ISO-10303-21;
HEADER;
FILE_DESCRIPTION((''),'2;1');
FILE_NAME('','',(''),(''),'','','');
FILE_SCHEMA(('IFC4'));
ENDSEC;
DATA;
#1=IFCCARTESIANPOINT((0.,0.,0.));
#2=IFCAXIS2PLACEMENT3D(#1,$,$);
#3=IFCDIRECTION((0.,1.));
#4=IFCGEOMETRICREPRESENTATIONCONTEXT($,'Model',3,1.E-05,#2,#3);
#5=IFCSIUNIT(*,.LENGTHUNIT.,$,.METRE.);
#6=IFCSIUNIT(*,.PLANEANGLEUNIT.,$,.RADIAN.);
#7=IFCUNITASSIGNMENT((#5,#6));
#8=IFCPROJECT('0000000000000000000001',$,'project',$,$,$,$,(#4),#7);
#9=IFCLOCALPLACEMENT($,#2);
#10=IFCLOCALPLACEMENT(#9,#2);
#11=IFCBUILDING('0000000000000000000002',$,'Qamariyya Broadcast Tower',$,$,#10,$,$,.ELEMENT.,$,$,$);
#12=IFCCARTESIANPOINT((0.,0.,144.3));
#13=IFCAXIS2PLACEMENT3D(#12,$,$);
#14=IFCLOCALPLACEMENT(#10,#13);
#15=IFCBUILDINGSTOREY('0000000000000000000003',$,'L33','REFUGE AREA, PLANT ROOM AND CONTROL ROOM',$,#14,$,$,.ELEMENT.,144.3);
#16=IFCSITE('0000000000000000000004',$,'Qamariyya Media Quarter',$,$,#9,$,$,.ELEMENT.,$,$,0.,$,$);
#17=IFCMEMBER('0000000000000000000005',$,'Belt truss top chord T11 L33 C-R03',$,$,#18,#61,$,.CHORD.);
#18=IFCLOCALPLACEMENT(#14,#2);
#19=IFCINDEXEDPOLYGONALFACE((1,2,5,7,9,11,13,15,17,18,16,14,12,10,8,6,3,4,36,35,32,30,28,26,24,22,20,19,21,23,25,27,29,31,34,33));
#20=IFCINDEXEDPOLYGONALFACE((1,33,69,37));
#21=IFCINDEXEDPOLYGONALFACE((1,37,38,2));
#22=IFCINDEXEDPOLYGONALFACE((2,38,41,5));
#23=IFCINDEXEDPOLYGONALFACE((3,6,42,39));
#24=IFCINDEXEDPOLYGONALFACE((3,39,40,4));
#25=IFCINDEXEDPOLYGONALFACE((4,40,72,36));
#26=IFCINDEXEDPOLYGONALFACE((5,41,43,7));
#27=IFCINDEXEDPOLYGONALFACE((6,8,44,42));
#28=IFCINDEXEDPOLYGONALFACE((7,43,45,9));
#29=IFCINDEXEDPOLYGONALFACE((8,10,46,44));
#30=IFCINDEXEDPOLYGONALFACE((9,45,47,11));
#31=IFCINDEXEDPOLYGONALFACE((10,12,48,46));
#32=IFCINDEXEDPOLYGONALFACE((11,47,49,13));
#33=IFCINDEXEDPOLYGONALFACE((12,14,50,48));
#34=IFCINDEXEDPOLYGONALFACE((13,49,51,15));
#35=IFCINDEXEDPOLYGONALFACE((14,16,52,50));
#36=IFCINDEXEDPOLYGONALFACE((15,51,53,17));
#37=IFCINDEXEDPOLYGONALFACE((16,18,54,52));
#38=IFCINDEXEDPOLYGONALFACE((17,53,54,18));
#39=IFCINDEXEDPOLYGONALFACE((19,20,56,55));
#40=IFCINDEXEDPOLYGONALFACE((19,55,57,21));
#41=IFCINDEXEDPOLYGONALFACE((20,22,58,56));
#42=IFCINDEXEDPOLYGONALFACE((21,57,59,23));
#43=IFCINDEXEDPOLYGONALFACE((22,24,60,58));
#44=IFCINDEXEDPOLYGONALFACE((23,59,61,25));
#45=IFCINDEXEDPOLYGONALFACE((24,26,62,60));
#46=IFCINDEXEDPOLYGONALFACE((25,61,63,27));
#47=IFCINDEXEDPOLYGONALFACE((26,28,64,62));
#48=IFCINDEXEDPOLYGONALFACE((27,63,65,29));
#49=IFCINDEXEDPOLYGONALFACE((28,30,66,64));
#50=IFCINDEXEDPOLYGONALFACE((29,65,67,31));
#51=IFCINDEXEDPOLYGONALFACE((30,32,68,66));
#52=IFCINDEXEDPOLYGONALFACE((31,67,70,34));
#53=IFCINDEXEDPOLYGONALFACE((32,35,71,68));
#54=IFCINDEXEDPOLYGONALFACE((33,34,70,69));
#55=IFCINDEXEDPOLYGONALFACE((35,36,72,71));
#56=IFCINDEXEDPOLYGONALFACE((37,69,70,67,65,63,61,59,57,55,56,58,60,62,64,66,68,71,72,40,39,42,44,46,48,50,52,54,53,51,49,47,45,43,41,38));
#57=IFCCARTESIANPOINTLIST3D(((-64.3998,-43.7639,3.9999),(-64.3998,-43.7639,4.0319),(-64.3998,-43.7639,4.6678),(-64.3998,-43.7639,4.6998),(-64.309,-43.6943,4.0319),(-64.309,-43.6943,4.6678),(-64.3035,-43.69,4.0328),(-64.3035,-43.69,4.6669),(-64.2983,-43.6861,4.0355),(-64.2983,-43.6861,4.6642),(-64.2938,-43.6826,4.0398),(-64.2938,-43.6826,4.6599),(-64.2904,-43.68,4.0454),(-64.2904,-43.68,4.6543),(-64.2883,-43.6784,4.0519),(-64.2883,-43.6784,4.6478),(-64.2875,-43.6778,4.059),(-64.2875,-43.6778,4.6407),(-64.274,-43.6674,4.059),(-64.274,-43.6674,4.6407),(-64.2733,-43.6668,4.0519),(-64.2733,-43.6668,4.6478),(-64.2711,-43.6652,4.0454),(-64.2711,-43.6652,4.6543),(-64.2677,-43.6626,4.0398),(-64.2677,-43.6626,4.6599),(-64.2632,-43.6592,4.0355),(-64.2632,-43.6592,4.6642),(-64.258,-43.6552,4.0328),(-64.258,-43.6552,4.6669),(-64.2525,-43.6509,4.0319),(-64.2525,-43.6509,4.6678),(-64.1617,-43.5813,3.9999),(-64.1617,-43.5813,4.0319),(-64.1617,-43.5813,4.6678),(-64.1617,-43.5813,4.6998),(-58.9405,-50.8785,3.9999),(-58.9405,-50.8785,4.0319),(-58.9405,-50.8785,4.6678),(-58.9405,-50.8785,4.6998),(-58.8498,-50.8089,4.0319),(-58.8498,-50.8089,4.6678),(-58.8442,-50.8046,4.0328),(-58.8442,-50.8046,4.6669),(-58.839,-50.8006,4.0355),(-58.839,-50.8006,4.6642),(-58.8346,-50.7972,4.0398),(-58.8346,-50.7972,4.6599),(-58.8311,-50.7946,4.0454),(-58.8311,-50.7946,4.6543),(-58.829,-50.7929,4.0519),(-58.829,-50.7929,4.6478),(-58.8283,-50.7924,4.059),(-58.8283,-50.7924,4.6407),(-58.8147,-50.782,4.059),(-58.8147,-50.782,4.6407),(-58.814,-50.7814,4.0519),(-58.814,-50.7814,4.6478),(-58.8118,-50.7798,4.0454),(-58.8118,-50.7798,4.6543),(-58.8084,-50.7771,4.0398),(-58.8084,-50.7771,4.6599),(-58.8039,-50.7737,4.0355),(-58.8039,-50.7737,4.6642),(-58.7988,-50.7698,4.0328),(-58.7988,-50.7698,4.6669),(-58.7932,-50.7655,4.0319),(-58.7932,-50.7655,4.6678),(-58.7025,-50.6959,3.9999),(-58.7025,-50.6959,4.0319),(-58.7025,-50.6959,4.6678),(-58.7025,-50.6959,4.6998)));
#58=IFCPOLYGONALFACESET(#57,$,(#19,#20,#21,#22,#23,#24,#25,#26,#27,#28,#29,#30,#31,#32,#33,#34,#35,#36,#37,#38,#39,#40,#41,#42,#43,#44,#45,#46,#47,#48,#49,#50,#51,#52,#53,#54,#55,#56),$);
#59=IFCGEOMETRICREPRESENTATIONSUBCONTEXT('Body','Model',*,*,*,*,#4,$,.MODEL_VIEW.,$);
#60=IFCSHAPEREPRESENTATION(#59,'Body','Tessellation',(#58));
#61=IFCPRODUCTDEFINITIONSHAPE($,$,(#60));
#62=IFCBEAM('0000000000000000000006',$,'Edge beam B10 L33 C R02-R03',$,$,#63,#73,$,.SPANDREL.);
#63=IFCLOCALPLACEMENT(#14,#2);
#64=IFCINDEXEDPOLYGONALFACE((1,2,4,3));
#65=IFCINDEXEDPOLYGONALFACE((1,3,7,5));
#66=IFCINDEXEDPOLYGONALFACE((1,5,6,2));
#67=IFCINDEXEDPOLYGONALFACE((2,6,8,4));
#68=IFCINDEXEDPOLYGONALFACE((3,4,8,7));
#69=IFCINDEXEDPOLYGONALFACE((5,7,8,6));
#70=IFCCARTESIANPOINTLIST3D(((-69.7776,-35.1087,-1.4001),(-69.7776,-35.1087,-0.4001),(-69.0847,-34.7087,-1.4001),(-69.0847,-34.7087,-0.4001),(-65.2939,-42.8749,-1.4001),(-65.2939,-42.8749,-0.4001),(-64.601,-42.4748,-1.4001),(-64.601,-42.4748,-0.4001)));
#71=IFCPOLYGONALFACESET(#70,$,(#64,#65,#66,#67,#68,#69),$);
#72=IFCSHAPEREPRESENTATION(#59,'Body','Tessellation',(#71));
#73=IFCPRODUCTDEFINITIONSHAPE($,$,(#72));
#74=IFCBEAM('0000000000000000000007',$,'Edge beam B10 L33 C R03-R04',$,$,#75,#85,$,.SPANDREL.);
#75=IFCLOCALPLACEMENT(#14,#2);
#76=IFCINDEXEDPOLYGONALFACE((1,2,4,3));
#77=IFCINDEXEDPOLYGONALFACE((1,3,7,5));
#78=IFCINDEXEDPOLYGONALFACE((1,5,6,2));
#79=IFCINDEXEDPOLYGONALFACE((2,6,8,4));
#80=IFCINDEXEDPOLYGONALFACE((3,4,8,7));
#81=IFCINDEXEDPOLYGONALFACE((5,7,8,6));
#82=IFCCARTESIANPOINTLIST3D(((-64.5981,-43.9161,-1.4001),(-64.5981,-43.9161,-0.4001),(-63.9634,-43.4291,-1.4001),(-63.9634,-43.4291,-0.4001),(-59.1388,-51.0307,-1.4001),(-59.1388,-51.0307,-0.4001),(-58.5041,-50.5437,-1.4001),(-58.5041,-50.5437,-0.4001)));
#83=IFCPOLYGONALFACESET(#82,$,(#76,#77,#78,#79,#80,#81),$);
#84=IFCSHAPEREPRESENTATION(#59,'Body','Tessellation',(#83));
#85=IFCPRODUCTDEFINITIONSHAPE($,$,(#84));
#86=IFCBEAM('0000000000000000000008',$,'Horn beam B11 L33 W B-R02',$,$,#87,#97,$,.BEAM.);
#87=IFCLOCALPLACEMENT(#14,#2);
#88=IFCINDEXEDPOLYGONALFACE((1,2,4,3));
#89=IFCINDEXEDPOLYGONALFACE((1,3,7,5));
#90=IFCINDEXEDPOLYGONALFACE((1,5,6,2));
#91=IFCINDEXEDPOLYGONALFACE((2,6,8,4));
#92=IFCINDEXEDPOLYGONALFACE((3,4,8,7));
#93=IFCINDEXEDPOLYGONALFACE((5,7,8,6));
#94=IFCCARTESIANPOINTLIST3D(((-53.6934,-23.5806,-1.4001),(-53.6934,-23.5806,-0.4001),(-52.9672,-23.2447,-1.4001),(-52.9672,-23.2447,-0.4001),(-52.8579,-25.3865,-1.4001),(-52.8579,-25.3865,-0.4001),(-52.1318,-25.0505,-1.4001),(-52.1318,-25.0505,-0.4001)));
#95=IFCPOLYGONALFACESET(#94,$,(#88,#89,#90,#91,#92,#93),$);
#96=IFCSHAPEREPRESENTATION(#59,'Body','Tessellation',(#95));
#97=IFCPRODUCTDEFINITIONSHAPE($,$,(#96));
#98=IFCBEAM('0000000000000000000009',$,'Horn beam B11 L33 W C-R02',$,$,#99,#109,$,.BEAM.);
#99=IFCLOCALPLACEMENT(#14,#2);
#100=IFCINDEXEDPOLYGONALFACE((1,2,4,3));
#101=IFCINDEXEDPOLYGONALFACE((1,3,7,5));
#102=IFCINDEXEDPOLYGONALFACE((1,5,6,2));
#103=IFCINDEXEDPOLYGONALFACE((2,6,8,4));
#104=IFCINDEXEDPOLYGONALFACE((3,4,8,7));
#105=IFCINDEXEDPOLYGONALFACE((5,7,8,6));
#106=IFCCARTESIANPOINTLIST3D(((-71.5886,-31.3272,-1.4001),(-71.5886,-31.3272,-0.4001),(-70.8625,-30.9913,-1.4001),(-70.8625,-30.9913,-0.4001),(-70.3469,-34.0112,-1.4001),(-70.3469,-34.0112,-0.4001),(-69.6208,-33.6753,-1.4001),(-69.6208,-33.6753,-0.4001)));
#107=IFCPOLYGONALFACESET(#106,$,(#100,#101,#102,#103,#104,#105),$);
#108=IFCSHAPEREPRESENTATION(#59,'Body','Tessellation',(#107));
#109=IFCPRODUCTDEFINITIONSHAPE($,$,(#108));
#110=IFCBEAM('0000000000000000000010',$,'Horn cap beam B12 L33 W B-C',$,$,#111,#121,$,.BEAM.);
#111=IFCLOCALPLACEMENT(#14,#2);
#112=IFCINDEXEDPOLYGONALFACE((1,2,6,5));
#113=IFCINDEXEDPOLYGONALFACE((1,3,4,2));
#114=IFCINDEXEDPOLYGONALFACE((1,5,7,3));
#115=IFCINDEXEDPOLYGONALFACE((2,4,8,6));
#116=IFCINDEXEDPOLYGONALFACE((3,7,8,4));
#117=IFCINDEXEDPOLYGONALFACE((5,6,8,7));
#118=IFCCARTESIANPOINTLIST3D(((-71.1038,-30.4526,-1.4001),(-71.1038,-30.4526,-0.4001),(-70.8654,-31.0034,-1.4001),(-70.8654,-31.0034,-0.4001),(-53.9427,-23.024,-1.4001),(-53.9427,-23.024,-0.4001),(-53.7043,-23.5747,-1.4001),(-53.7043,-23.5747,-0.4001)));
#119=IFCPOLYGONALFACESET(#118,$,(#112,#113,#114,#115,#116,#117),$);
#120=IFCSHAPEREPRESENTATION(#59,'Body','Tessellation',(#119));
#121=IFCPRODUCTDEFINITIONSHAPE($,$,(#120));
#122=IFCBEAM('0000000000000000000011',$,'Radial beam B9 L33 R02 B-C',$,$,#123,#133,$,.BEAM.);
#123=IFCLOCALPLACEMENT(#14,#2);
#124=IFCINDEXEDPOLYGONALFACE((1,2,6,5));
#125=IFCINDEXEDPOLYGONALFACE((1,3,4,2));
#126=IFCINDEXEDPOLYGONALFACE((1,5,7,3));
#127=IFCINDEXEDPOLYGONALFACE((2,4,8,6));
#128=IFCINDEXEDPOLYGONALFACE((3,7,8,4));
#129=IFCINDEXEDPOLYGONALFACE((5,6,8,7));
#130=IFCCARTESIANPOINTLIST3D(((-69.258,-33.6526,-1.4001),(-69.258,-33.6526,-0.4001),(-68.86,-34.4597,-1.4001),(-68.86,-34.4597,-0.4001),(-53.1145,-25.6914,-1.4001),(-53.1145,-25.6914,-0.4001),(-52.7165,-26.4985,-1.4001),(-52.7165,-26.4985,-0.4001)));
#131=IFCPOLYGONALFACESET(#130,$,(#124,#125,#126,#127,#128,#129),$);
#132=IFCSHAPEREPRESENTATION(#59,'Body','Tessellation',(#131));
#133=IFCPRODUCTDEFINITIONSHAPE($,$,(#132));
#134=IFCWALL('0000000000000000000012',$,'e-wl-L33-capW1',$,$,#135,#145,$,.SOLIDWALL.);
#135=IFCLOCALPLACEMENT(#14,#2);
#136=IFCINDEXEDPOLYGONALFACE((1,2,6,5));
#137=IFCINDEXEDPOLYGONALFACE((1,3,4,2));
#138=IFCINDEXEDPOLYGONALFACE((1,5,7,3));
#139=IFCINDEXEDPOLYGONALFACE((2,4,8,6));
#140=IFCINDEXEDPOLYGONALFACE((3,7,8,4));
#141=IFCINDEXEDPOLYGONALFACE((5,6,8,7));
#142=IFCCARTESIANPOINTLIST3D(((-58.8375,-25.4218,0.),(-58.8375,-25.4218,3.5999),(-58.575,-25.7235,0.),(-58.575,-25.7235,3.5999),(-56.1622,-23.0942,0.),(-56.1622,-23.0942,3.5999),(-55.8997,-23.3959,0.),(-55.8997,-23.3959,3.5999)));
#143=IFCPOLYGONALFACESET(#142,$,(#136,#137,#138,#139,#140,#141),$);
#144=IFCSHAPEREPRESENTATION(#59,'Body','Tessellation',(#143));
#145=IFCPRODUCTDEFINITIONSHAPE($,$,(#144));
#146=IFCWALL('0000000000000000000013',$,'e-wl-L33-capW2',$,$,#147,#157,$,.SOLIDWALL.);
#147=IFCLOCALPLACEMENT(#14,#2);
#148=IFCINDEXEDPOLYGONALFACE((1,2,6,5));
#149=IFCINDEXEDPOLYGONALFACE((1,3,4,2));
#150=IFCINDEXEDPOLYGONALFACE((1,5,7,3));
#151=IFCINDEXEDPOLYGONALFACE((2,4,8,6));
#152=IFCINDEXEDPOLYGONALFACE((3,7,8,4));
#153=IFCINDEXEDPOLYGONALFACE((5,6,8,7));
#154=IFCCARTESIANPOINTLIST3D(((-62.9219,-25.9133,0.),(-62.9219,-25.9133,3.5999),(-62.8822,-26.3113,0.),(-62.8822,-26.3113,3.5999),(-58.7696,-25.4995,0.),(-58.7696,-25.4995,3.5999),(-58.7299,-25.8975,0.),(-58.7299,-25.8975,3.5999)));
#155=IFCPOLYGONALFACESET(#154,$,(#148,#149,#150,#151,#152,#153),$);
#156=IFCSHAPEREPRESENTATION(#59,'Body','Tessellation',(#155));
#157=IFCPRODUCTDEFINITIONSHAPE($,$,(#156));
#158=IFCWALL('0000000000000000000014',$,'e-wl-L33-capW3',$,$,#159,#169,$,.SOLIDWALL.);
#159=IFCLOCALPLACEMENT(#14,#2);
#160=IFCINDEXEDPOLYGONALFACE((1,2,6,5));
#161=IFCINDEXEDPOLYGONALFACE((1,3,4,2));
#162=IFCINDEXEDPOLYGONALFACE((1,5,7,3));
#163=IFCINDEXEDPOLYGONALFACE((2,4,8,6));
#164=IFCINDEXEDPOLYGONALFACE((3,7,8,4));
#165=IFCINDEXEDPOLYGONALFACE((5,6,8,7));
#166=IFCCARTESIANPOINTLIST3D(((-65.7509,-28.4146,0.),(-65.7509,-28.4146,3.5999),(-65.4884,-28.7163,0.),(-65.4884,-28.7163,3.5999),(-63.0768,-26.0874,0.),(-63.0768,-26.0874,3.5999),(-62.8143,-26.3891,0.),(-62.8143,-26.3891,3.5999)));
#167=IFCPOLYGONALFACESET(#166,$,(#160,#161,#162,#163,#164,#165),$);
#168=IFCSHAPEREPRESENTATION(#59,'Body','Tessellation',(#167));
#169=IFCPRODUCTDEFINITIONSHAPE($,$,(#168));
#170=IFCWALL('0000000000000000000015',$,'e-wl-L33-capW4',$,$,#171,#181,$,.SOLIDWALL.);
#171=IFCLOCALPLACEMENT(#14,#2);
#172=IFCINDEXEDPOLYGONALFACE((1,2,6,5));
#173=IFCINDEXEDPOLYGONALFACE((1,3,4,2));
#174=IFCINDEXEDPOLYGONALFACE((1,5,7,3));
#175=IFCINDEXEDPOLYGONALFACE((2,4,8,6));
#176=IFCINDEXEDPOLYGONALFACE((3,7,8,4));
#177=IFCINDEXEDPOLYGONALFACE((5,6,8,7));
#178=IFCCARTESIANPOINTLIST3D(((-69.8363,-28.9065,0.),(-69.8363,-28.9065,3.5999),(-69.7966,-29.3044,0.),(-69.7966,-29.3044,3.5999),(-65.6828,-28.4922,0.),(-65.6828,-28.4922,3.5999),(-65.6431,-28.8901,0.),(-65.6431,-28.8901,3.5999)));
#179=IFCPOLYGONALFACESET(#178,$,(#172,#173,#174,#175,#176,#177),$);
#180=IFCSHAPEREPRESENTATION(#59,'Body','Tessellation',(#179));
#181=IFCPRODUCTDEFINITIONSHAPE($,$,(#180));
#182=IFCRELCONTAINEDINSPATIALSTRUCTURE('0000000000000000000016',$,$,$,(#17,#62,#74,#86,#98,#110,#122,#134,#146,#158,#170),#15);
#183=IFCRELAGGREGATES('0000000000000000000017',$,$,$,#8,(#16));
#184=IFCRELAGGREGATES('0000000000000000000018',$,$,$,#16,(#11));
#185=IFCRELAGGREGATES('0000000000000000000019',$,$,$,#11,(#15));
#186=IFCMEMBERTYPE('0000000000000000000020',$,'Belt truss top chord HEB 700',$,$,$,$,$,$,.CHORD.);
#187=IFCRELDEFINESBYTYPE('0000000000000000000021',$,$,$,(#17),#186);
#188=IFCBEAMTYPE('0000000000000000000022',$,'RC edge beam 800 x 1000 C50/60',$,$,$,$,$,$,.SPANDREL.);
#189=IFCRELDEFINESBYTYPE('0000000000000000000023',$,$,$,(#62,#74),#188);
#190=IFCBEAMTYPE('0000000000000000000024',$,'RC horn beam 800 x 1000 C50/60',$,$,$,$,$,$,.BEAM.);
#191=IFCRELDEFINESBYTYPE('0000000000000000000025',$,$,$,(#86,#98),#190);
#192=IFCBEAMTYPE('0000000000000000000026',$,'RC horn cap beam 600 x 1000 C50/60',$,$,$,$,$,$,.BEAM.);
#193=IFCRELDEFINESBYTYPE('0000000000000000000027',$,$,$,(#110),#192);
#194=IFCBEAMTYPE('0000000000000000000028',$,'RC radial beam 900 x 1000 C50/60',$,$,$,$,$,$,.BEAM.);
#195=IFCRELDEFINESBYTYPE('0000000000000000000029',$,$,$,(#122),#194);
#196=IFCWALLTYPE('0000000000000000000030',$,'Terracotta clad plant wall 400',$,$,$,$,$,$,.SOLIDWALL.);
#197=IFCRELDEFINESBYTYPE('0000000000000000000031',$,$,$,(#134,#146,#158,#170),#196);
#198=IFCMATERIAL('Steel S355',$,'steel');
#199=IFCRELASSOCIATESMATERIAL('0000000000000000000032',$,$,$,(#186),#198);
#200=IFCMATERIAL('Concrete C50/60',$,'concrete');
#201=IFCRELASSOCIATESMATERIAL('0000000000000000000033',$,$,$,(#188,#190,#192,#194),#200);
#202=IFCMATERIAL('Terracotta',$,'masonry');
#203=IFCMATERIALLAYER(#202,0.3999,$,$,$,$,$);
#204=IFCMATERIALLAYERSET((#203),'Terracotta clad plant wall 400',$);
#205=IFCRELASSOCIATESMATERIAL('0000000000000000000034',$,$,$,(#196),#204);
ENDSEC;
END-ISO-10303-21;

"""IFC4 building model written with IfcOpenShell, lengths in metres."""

from ifc_helpers import new_model, si_unit, direction, frame, frame_2d, origin, origin_2d, place, context, subcontext, project, spatial, rectangle, i_section, extrude, material, layer, layer_set, material_profile, profile_set, type_object, element, save


model = new_model("IFC4")

# Units and contexts
model_context = context("Model", 3, precision=1e-05, world=origin(), true_north=direction((0.0, 1.0)))
body_context = subcontext(model_context, "Body", "Model", "MODEL_VIEW")
ifc_project = project(units=[si_unit("LENGTHUNIT", "METRE"), si_unit("PLANEANGLEUNIT", "RADIAN")], contexts=[model_context])

# Site, building, storey
site_placement = place(None, origin())
site = spatial("IfcSite", under=ifc_project, at=site_placement, Name="Qamariyya Media Quarter", CompositionType="ELEMENT", RefElevation=0.0)
building_placement = place(site_placement, origin())
building = spatial("IfcBuilding", under=site, at=building_placement, Name="Qamariyya Broadcast Tower", CompositionType="ELEMENT")
storey_placement = place(building_placement, frame((0.0, 0.0, 144.3)))
storey = spatial("IfcBuildingStorey", under=building, at=storey_placement, Name="L33", Description="REFUGE AREA, PLANT ROOM AND CONTROL ROOM", CompositionType="ELEMENT", Elevation=144.3)

# Member
ifc_material_1 = material(Name="Steel S355", Category="steel")
ifc_material_profile_1 = material_profile(ifc_material_1, i_section(OverallWidth=0.3, OverallDepth=0.7, WebThickness=0.0171, FlangeThickness=0.032, FilletRadius=0.0271, at=origin_2d()))
ifc_profile_set_1 = profile_set([ifc_material_profile_1], Name="Steel S355")
member_type_1 = type_object("IfcMemberType", Name="Belt truss top chord HEB 700", PredefinedType="CHORD", material=ifc_profile_set_1)
member_1_placement = place(storey_placement, frame((-64.2808, -43.6726, 4.3499), z_axis=(0.608767, -0.793349, 0.0), x_axis=(0.793349, 0.608767, 0.0)))
element("IfcMember", 1, at=member_1_placement, inside=storey, type_object=member_type_1, Name="Belt truss top chord T11 L33 C-R03", PredefinedType="CHORD", context=body_context, shape_type="SweptSolid", body=[
    extrude(i_section(OverallWidth=0.3, OverallDepth=0.7, WebThickness=0.0171, FlangeThickness=0.032, FilletRadius=0.0271, at=origin_2d()), origin(), (0.0, 0.0, 1.0), 8.9678),
])

# Beams
ifc_material_2 = material(Name="Concrete C50/60", Category="concrete")
ifc_material_profile_2 = material_profile(ifc_material_2, rectangle(XDim=0.8, YDim=1.0, at=origin_2d()))
ifc_profile_set_2 = profile_set([ifc_material_profile_2], Name="Concrete C50/60")
beam_type_1 = type_object("IfcBeamType", Name="RC edge beam 800 x 1000 C50/60", PredefinedType="SPANDREL", material=ifc_profile_set_2)
beam_1_placement = place(storey_placement, frame((-69.4312, -34.9087, -0.9001), z_axis=(0.49999, -0.866031, 0.0), x_axis=(0.866031, 0.49999, 0.0)))
element("IfcBeam", 2, at=beam_1_placement, inside=storey, type_object=beam_type_1, Name="Edge beam B10 L33 C R02-R03", PredefinedType="SPANDREL", context=body_context, shape_type="SweptSolid", body=[
    extrude(rectangle(XDim=0.8, YDim=1.0, at=origin_2d()), origin(), (0.0, 0.0, 1.0), 8.9675),
])
beam_2_placement = place(storey_placement, frame((-64.2808, -43.6726, -0.9001), z_axis=(0.608767, -0.793349, 0.0), x_axis=(0.793349, 0.608767, 0.0)))
element("IfcBeam", 3, at=beam_2_placement, inside=storey, type_object=beam_type_1, Name="Edge beam B10 L33 C R03-R04", PredefinedType="SPANDREL", context=body_context, shape_type="SweptSolid", body=[
    extrude(rectangle(XDim=0.8, YDim=1.0, at=origin_2d()), origin(), (0.0, 0.0, 1.0), 8.9678),
])
ifc_material_profile_3 = material_profile(ifc_material_2, rectangle(XDim=0.8, YDim=1.0, at=origin_2d()))
ifc_profile_set_3 = profile_set([ifc_material_profile_3], Name="Concrete C50/60")
beam_type_2 = type_object("IfcBeamType", Name="RC horn beam 800 x 1000 C50/60", PredefinedType="BEAM", material=ifc_profile_set_3)
beam_3_placement = place(storey_placement, frame((-52.4949, -25.2185, -0.9001), z_axis=(-0.419867, 0.907586, 0.0), x_axis=(-0.907586, -0.419867, 0.0)))
element("IfcBeam", 4, at=beam_3_placement, inside=storey, type_object=beam_type_2, Name="Horn beam B11 L33 W B-R02", PredefinedType="BEAM", context=body_context, shape_type="SweptSolid", body=[
    extrude(rectangle(XDim=0.8, YDim=1.0, at=origin_2d()), origin(), (0.0, 0.0, 1.0), 1.9897),
])
beam_4_placement = place(storey_placement, frame((-69.9839, -33.8433, -0.9001), z_axis=(-0.419864, 0.907587, 0.0), x_axis=(-0.907587, -0.419864, 0.0)))
element("IfcBeam", 5, at=beam_4_placement, inside=storey, type_object=beam_type_2, Name="Horn beam B11 L33 W C-R02", PredefinedType="BEAM", context=body_context, shape_type="SweptSolid", body=[
    extrude(rectangle(XDim=0.8, YDim=1.0, at=origin_2d()), origin(), (0.0, 0.0, 1.0), 2.9573),
])
ifc_material_profile_4 = material_profile(ifc_material_2, rectangle(XDim=0.6001, YDim=1.0, at=origin_2d()))
ifc_profile_set_4 = profile_set([ifc_material_profile_4], Name="Concrete C50/60")
beam_type_3 = type_object("IfcBeamType", Name="RC horn cap beam 600 x 1000 C50/60", PredefinedType="BEAM", material=ifc_profile_set_4)
beam_5_placement = place(storey_placement, frame((-53.8235, -23.2993, -0.9001), z_axis=(-0.917707, -0.397257, 0.0), x_axis=(0.397257, -0.917707, 0.0)))
element("IfcBeam", 6, at=beam_5_placement, inside=storey, type_object=beam_type_3, Name="Horn cap beam B12 L33 W B-C", PredefinedType="BEAM", context=body_context, shape_type="SweptSolid", body=[
    extrude(rectangle(XDim=0.6001, YDim=1.0, at=origin_2d()), origin(), (0.0, 0.0, 1.0), 18.7),
])
ifc_material_profile_5 = material_profile(ifc_material_2, rectangle(XDim=0.8999, YDim=1.0, at=origin_2d()))
ifc_profile_set_5 = profile_set([ifc_material_profile_5], Name="Concrete C50/60")
beam_type_4 = type_object("IfcBeamType", Name="RC radial beam 900 x 1000 C50/60", PredefinedType="BEAM", material=ifc_profile_set_5)
beam_6_placement = place(storey_placement, frame((-52.9155, -26.095, -0.9001), z_axis=(-0.896871, -0.442291, 0.0), x_axis=(0.442291, -0.896871, 0.0)))
element("IfcBeam", 7, at=beam_6_placement, inside=storey, type_object=beam_type_4, Name="Radial beam B9 L33 R02 B-C", PredefinedType="BEAM", context=body_context, shape_type="SweptSolid", body=[
    extrude(rectangle(XDim=0.8999, YDim=1.0, at=origin_2d()), origin(), (0.0, 0.0, 1.0), 17.9998),
])

# Walls
ifc_material_3 = material(Name="Terracotta", Category="masonry")
ifc_layer_1 = layer(ifc_material_3, 0.3999)
ifc_layer_set_1 = layer_set([ifc_layer_1], Name="Terracotta clad plant wall 400")
wall_type_1 = type_object("IfcWallType", Name="Terracotta clad plant wall 400", PredefinedType="SOLIDWALL", material=ifc_layer_set_1)
wall_1_placement = place(storey_placement, frame((-56.031, -23.2451, 0.0), z_axis=(0.0, 0.0, 1.0), x_axis=(-0.754425, -0.656387, 0.0)))
element("IfcWall", 8, at=wall_1_placement, inside=storey, type_object=wall_type_1, Name="e-wl-L33-capW1", PredefinedType="SOLIDWALL", context=body_context, shape_type="SweptSolid", body=[
    extrude(rectangle(XDim=3.5461, YDim=0.3999, at=frame_2d((1.7729, 0.0))), origin(), (0.0, 0.0, 1.0), 3.5999),
])
wall_2_placement = place(storey_placement, frame((-58.7498, -25.6985, 0.0), z_axis=(0.0, 0.0, 1.0), x_axis=(-0.995071, -0.099168, 0.0)))
element("IfcWall", 9, at=wall_2_placement, inside=storey, type_object=wall_type_1, Name="e-wl-L33-capW2", PredefinedType="SOLIDWALL", context=body_context, shape_type="SweptSolid", body=[
    extrude(rectangle(XDim=4.1729, YDim=0.3999, at=frame_2d((2.0864, 0.0))), origin(), (0.0, 0.0, 1.0), 3.5999),
])
wall_3_placement = place(storey_placement, frame((-62.9456, -26.2383, 0.0), z_axis=(0.0, 0.0, 1.0), x_axis=(-0.754345, -0.656479, 0.0)))
element("IfcWall", 10, at=wall_3_placement, inside=storey, type_object=wall_type_1, Name="e-wl-L33-capW3", PredefinedType="SOLIDWALL", context=body_context, shape_type="SweptSolid", body=[
    extrude(rectangle(XDim=3.5449, YDim=0.3999, at=frame_2d((1.7725, 0.0))), origin(), (0.0, 0.0, 1.0), 3.5999),
])
wall_4_placement = place(storey_placement, frame((-65.6631, -28.6912, 0.0), z_axis=(0.0, 0.0, 1.0), x_axis=(-0.995062, -0.099255, 0.0)))
element("IfcWall", 11, at=wall_4_placement, inside=storey, type_object=wall_type_1, Name="e-wl-L33-capW4", PredefinedType="SOLIDWALL", context=body_context, shape_type="SweptSolid", body=[
    extrude(rectangle(XDim=4.1741, YDim=0.3999, at=frame_2d((2.0869, 0.0))), origin(), (0.0, 0.0, 1.0), 3.5999),
])

save(model, "model.ifc")
